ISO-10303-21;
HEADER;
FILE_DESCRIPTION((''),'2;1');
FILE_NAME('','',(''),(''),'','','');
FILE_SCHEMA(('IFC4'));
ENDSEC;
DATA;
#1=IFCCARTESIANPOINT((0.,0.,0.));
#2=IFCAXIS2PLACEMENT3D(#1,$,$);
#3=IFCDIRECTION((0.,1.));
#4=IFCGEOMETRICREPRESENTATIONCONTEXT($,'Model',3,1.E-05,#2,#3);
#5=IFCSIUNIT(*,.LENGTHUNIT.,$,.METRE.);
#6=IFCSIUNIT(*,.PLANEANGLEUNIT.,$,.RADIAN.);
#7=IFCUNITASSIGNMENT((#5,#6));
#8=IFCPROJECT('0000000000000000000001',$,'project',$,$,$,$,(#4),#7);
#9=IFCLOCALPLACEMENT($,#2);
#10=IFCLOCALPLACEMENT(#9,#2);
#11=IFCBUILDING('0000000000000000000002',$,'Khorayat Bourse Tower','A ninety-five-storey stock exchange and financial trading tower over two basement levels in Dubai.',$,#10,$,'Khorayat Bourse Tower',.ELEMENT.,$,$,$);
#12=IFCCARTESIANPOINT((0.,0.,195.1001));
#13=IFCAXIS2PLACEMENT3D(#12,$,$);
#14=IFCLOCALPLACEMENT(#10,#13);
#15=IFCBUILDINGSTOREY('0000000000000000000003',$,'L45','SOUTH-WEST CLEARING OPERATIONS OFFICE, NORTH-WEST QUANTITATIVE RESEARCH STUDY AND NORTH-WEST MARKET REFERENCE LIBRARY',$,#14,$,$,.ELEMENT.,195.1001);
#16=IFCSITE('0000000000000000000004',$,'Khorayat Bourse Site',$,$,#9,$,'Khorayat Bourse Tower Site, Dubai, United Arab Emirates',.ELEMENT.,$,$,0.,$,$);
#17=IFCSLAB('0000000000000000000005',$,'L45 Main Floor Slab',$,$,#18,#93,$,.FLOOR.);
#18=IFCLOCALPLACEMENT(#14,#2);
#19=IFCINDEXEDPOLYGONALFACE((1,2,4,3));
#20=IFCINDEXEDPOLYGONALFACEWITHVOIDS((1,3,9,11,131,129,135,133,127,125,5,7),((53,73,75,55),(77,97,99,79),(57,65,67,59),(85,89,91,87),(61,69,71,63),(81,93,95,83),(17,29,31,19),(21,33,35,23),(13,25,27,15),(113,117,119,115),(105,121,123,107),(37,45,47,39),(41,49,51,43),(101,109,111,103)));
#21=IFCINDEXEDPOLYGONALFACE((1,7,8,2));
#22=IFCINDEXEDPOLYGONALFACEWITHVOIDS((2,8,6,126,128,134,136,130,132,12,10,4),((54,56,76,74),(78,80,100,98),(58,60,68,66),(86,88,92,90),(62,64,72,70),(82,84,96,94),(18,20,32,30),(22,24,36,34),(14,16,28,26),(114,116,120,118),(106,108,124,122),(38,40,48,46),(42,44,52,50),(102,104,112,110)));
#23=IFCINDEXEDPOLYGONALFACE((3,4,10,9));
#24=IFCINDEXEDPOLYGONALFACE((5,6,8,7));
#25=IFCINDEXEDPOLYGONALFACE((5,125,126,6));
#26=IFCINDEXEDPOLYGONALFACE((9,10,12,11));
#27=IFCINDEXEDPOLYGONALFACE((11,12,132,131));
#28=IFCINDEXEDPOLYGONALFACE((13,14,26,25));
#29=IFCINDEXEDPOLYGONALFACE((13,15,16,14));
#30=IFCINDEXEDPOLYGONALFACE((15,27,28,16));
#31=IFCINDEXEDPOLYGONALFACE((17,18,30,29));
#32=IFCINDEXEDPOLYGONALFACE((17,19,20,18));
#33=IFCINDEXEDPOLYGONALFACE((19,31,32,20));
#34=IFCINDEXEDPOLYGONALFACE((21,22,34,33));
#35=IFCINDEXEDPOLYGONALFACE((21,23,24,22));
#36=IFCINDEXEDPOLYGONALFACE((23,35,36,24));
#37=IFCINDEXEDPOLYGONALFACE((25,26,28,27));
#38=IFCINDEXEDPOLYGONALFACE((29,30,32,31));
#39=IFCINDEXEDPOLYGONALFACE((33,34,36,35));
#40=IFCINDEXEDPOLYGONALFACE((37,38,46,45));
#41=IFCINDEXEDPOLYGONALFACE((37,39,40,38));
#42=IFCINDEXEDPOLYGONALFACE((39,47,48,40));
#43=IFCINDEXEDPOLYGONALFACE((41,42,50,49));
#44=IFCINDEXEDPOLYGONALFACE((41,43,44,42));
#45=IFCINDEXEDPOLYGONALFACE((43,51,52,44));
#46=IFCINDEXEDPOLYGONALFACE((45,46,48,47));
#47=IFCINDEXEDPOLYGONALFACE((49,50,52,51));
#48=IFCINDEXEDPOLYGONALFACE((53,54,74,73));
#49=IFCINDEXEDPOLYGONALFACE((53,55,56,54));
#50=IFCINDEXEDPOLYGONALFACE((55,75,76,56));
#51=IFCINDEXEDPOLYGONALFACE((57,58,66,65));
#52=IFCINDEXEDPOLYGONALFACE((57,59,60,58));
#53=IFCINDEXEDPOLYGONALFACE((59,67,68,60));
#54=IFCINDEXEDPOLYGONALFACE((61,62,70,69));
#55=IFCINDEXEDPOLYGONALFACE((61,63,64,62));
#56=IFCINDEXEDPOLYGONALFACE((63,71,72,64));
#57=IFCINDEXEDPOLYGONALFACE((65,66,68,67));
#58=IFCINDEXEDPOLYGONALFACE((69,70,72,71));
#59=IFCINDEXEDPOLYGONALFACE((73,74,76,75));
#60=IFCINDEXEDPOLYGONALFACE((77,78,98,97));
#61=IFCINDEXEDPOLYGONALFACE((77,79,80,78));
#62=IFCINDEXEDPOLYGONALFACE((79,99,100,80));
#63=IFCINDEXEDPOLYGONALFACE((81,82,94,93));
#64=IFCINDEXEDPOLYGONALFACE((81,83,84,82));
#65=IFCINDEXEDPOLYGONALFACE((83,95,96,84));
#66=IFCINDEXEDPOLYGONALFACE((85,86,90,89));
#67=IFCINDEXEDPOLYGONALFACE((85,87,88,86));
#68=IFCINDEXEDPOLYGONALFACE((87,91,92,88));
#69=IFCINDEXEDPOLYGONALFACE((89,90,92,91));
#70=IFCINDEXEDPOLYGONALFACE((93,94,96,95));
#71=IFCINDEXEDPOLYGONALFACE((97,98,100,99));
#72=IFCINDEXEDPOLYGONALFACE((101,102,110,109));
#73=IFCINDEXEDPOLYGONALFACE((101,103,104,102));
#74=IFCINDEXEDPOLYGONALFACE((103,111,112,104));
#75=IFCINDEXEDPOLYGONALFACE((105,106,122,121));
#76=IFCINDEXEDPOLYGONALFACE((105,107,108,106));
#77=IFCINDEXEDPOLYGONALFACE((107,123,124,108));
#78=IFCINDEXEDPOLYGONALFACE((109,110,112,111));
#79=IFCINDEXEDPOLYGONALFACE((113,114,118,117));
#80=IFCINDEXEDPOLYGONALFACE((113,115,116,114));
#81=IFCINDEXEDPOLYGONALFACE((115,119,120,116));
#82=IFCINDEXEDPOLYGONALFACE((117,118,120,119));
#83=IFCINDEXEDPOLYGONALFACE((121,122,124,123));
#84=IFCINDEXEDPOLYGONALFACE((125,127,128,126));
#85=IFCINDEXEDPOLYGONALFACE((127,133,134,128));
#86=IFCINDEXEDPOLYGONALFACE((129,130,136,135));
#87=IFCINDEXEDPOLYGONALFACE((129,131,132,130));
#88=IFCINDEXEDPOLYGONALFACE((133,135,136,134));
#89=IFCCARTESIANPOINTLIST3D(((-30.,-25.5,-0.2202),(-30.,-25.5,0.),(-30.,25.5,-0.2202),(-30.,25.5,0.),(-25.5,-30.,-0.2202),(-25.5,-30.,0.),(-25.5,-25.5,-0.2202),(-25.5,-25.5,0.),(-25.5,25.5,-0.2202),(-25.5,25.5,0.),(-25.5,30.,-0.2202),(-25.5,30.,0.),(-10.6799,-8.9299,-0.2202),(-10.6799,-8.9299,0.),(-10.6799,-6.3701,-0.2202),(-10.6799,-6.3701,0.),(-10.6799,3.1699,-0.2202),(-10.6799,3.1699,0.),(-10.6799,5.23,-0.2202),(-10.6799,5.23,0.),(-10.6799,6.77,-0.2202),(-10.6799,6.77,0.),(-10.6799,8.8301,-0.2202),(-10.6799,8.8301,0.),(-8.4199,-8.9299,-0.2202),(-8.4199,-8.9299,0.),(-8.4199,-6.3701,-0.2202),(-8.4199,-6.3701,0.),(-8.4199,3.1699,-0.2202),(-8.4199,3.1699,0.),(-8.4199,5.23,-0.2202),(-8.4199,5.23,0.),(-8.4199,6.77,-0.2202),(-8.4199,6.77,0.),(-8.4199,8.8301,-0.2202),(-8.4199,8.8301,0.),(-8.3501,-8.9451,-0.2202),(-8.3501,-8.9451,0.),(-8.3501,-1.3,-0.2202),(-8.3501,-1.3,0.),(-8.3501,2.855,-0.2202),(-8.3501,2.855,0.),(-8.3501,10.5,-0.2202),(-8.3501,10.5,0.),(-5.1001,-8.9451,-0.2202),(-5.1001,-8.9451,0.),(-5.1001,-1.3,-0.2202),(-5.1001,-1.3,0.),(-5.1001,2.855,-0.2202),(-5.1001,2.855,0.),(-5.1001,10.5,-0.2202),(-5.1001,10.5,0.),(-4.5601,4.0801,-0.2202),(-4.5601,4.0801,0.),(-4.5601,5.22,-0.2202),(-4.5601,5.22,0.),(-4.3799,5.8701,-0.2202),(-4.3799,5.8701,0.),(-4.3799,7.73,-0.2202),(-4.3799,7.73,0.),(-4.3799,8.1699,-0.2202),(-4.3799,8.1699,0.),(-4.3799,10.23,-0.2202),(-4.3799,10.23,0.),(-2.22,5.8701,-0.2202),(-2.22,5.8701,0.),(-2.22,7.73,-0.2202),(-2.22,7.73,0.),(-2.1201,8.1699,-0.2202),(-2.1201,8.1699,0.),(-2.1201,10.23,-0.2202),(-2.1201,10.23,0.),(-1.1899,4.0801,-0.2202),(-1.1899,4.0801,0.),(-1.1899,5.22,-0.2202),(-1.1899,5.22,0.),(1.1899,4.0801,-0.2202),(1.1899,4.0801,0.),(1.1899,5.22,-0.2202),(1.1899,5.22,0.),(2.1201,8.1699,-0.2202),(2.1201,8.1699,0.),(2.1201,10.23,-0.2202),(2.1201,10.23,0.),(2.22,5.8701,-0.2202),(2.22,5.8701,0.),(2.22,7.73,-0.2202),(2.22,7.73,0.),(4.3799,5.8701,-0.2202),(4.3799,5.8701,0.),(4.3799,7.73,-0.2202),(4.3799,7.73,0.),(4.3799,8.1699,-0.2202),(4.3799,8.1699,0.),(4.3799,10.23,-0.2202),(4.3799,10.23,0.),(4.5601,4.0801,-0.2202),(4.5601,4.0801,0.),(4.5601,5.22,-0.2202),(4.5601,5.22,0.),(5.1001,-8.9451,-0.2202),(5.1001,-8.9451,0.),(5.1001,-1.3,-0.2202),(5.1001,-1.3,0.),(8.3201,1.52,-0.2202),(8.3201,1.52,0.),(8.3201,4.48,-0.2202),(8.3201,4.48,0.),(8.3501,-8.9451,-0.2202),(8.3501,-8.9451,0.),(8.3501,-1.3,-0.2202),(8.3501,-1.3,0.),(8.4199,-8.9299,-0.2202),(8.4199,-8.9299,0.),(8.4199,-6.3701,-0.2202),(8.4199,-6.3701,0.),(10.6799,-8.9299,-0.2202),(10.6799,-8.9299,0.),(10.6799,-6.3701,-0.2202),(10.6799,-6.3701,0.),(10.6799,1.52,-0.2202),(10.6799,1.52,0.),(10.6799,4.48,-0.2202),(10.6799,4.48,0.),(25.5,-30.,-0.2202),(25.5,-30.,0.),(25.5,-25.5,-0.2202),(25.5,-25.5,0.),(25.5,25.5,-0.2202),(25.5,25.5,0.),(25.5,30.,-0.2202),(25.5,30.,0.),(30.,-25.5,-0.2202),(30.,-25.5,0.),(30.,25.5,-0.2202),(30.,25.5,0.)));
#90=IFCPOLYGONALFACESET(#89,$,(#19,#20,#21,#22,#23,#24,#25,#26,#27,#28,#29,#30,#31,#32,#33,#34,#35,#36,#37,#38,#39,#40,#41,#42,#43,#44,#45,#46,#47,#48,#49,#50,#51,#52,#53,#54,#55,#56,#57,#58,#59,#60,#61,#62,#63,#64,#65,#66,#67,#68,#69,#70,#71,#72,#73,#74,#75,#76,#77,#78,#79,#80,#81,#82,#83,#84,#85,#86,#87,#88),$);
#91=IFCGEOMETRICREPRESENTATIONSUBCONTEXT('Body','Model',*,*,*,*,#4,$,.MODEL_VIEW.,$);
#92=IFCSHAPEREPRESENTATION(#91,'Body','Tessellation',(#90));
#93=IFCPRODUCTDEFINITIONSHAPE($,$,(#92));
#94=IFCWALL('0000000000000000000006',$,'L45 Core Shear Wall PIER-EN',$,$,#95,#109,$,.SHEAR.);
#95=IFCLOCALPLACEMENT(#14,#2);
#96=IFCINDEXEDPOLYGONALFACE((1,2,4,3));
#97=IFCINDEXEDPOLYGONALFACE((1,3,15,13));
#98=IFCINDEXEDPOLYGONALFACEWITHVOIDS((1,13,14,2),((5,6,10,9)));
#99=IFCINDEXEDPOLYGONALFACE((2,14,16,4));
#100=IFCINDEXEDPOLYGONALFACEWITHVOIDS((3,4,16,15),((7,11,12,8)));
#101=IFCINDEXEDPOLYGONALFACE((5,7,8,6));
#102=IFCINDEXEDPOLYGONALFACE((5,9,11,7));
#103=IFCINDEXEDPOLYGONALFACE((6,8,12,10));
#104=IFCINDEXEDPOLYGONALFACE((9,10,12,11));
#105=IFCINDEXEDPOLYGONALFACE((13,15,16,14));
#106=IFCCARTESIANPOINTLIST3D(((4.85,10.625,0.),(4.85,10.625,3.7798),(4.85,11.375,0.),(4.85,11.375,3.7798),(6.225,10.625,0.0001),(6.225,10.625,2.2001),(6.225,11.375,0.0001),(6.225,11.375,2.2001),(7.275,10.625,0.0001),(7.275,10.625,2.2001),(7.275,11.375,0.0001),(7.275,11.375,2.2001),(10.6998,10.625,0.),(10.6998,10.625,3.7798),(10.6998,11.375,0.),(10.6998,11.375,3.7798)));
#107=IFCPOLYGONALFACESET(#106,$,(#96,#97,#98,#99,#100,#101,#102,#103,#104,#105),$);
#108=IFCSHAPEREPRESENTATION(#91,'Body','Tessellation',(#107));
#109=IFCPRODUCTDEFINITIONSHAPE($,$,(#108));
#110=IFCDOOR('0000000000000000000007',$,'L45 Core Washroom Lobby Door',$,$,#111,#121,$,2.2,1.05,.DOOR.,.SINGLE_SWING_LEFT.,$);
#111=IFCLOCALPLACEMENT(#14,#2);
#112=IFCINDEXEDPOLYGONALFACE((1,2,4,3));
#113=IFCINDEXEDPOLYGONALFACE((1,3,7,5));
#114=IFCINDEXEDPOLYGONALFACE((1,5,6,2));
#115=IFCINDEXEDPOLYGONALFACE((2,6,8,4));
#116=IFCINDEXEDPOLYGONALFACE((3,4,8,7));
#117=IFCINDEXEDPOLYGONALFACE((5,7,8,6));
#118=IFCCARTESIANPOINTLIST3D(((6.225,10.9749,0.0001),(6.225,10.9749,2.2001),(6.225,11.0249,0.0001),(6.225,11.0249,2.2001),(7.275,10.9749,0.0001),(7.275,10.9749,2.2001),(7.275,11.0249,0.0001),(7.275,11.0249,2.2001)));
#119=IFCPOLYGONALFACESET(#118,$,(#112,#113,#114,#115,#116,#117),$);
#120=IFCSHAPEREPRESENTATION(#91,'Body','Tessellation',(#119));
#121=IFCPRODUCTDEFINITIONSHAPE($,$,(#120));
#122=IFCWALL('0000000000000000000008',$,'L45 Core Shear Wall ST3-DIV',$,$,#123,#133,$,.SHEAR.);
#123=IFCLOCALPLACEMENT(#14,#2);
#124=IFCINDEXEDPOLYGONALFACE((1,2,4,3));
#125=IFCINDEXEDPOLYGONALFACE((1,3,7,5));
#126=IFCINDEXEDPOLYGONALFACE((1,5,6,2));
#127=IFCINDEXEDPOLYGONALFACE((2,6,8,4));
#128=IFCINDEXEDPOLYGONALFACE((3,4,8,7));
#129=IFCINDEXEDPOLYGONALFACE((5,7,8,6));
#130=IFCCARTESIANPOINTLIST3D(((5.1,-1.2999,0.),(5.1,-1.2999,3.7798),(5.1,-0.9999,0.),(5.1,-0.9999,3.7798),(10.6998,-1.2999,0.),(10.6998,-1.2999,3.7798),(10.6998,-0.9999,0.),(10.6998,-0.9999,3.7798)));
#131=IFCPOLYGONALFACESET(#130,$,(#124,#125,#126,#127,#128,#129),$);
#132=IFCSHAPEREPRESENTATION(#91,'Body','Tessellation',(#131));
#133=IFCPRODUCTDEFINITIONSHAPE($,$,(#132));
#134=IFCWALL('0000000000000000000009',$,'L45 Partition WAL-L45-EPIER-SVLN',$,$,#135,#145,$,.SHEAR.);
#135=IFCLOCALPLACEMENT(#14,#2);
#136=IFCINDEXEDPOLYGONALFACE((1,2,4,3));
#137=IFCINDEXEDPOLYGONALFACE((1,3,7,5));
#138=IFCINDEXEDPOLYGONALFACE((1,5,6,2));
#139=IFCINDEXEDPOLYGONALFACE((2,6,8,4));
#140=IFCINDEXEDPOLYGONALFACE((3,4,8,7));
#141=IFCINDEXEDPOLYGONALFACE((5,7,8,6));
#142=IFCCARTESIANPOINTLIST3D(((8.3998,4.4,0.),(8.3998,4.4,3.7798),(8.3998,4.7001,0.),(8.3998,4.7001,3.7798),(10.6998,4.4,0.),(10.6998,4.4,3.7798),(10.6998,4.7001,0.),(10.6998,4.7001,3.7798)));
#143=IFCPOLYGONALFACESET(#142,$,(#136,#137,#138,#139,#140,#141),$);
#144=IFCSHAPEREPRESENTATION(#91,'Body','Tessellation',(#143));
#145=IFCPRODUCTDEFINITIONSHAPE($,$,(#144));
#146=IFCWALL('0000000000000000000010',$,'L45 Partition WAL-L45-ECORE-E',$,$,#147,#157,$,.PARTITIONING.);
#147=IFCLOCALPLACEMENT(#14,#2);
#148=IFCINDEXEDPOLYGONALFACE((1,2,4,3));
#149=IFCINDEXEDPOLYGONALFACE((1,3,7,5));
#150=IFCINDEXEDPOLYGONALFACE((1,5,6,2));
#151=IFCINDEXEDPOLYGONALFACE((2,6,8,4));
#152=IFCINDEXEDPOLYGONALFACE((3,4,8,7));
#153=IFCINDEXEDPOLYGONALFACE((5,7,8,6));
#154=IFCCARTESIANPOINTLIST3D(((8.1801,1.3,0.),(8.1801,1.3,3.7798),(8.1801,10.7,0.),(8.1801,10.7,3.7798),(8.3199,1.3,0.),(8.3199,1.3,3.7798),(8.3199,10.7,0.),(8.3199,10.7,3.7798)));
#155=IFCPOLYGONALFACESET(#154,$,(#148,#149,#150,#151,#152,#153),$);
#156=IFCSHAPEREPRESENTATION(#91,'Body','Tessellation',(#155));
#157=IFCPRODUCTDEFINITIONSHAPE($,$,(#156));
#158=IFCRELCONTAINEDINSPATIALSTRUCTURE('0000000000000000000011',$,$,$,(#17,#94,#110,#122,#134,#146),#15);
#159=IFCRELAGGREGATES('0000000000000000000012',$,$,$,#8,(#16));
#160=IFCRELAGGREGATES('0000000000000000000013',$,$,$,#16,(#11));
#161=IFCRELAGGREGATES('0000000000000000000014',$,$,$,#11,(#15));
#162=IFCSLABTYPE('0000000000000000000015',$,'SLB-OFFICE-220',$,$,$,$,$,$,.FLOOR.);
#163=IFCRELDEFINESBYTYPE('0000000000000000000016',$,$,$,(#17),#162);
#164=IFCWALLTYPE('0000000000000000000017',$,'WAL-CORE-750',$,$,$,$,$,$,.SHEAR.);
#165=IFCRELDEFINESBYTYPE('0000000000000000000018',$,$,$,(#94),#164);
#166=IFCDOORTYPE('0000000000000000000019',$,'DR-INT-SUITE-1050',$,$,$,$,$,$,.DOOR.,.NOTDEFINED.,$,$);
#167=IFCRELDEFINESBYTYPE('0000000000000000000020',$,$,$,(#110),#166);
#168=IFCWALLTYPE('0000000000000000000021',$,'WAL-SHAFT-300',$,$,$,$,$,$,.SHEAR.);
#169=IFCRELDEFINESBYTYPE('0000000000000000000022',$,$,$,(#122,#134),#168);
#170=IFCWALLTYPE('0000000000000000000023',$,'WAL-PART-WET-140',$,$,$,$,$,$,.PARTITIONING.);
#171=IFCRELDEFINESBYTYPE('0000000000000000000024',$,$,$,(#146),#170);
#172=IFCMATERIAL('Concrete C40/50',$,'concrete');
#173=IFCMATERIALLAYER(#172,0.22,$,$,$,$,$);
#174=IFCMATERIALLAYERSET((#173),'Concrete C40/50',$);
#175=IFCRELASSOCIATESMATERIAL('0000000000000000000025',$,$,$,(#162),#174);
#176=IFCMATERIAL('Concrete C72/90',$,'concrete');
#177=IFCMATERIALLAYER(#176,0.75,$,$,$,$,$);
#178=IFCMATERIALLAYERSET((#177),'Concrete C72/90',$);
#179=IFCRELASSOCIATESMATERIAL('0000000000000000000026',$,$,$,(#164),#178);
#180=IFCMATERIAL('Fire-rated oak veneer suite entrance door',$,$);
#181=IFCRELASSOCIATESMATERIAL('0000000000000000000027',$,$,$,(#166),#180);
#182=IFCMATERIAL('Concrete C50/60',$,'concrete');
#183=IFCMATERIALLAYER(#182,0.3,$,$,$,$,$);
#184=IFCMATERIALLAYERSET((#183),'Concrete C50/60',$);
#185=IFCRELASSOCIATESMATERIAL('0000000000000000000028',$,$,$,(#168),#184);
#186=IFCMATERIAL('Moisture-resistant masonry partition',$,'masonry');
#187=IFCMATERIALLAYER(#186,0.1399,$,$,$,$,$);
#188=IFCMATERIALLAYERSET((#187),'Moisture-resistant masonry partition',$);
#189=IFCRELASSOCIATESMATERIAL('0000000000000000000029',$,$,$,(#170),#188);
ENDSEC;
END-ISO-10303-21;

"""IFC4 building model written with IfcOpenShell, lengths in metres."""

from ifc_helpers import new_model, si_unit, direction, frame, frame_2d, origin, place, context, subcontext, project, spatial, polyline, rectangle, outline, extrude, source, transform, mapped, material, layer, layer_set, type_object, element, fill, save


model = new_model("IFC4")

# Units and contexts
model_context = context("Model", 3, precision=1e-05, world=origin(), true_north=direction((0.0, 1.0)))
body_context = subcontext(model_context, "Body", "Model", "MODEL_VIEW")
ifc_project = project(units=[si_unit("LENGTHUNIT", "METRE"), si_unit("PLANEANGLEUNIT", "RADIAN")], contexts=[model_context])

# Site, building, storey
site_placement = place(None, origin())
site = spatial("IfcSite", under=ifc_project, at=site_placement, Name="Khorayat Bourse Site", LongName="Khorayat Bourse Tower Site, Dubai, United Arab Emirates", CompositionType="ELEMENT", RefElevation=0.0)
building_placement = place(site_placement, origin())
building = spatial("IfcBuilding", under=site, at=building_placement, Name="Khorayat Bourse Tower", Description="A ninety-five-storey stock exchange and financial trading tower over two basement levels in Dubai.", LongName="Khorayat Bourse Tower", CompositionType="ELEMENT")
storey_placement = place(building_placement, frame((0.0, 0.0, 195.1001)))
storey = spatial("IfcBuildingStorey", under=building, at=storey_placement, Name="L45", Description="SOUTH-WEST CLEARING OPERATIONS OFFICE, NORTH-WEST QUANTITATIVE RESEARCH STUDY AND NORTH-WEST MARKET REFERENCE LIBRARY", CompositionType="ELEMENT", Elevation=195.1001)

# Shared definitions
ifc_material_1 = material(Name="Concrete C72/90", Category="concrete")

# Shared definitions
ifc_material_2 = material(Name="Concrete C40/50", Category="concrete")

# Slab
ifc_layer_1 = layer(ifc_material_2, 0.22)
ifc_layer_set_1 = layer_set([ifc_layer_1], Name="Concrete C40/50")
slab_type_1 = type_object("IfcSlabType", Name="SLB-OFFICE-220", PredefinedType="FLOOR", material=ifc_layer_set_1)
slab_1_placement = place(storey_placement, frame((0.0, 0.0, -0.2202)))
element("IfcSlab", 1, at=slab_1_placement, inside=storey, type_object=slab_type_1, Name="L45 Main Floor Slab", PredefinedType="FLOOR", context=body_context, shape_type="SweptSolid", body=[
    extrude(outline(polyline([(-25.5, -30.0), (25.5, -30.0), (25.5, -25.5), (30.0, -25.5), (30.0, 25.5), (25.5, 25.5), (25.5, 30.0), (-25.5, 30.0), (-25.5, 25.5), (-30.0, 25.5), (-30.0, -25.5), (-25.5, -25.5), (-25.5, -30.0)]), holes=[polyline([(-8.3501, -8.9451), (-5.1001, -8.9451), (-5.1001, -1.3), (-8.3501, -1.3), (-8.3501, -8.9451)]), polyline([(-8.3501, 2.855), (-5.1001, 2.855), (-5.1001, 10.5), (-8.3501, 10.5), (-8.3501, 2.855)]), polyline([(5.1001, -8.9451), (8.3501, -8.9451), (8.3501, -1.3), (5.1001, -1.3), (5.1001, -8.9451)]), polyline([(-4.3799, 8.1699), (-2.1201, 8.1699), (-2.1201, 10.23), (-4.3799, 10.23), (-4.3799, 8.1699)]), polyline([(2.1201, 8.1699), (4.3799, 8.1699), (4.3799, 10.23), (2.1201, 10.23), (2.1201, 8.1699)]), polyline([(-4.3799, 5.8701), (-2.22, 5.8701), (-2.22, 7.73), (-4.3799, 7.73), (-4.3799, 5.8701)]), polyline([(2.22, 5.8701), (4.3799, 5.8701), (4.3799, 7.73), (2.22, 7.73), (2.22, 5.8701)]), polyline([(-10.6799, 3.1699), (-8.4199, 3.1699), (-8.4199, 5.23), (-10.6799, 5.23), (-10.6799, 3.1699)]), polyline([(-10.6799, 6.77), (-8.4199, 6.77), (-8.4199, 8.8301), (-10.6799, 8.8301), (-10.6799, 6.77)]), polyline([(-10.6799, -8.9299), (-8.4199, -8.9299), (-8.4199, -6.3701), (-10.6799, -6.3701), (-10.6799, -8.9299)]), polyline([(8.4199, -8.9299), (10.6799, -8.9299), (10.6799, -6.3701), (8.4199, -6.3701), (8.4199, -8.9299)]), polyline([(8.3201, 1.52), (10.6799, 1.52), (10.6799, 4.48), (8.3201, 4.48), (8.3201, 1.52)]), polyline([(-4.5601, 4.0801), (-1.1899, 4.0801), (-1.1899, 5.22), (-4.5601, 5.22), (-4.5601, 4.0801)]), polyline([(1.1899, 4.0801), (4.5601, 4.0801), (4.5601, 5.22), (1.1899, 5.22), (1.1899, 4.0801)])]), origin(), (0.0, 0.0, 1.0), 0.2202),
])

# Wall, opening, door
ifc_layer_2 = layer(ifc_material_1, 0.75)
ifc_layer_set_2 = layer_set([ifc_layer_2], Name="Concrete C72/90")
wall_type_1 = type_object("IfcWallType", Name="WAL-CORE-750", PredefinedType="SHEAR", material=ifc_layer_set_2)
shared_shape_1 = source(origin(), body_context, "Body", "SweptSolid", [
    extrude(rectangle(XDim=5.8499, YDim=0.75, at=frame_2d((2.9248, 0.0))), origin(), (0.0, 0.0, 1.0), 3.7798),
])
wall_1_placement = place(storey_placement, frame((4.8501, 11.0, 0.0), z_axis=(0.0, 0.0, 1.0), x_axis=(1.0, 0.0, 0.0)))
wall_1 = element("IfcWall", 2, at=wall_1_placement, inside=storey, type_object=wall_type_1, Name="L45 Core Shear Wall PIER-EN", PredefinedType="SHEAR", context=body_context, shape_type="MappedRepresentation", body=[
    mapped(shared_shape_1, transform((0.0, 0.0, 0.0), scale=1.0)),
])
shared_shape_2 = source(origin(), body_context, "Body", "SweptSolid", [
    extrude(rectangle(XDim=1.05, YDim=2.2, at=frame_2d((0.5249, 1.1001))), frame((0.0, 0.385, 0.0), z_axis=(0.0, -1.0, 0.0), x_axis=(1.0, 0.0, 0.0)), (0.0, 0.0, 1.0), 0.77),
])
opening_1_placement = place(wall_1_placement, frame((1.375, 0.0, 0.0)))
opening_1 = element("IfcOpeningElement", 3, at=opening_1_placement, cuts=wall_1, PredefinedType="OPENING", context=body_context, shape_type="MappedRepresentation", body=[
    mapped(shared_shape_2, transform((0.0, 0.0, 0.0), scale=1.0)),
])
ifc_material_3 = material(Name="Fire-rated oak veneer suite entrance door")
door_type_1 = type_object("IfcDoorType", Name="DR-INT-SUITE-1050", OperationType="NOTDEFINED", PredefinedType="DOOR", material=ifc_material_3)
shared_shape_3 = source(origin(), body_context, "Body", "SweptSolid", [
    extrude(rectangle(XDim=1.05, YDim=2.2, at=frame_2d((0.5249, 1.1001))), frame((0.0, 0.0249, 0.0), z_axis=(0.0, -1.0, 0.0), x_axis=(1.0, 0.0, 0.0)), (0.0, 0.0, 1.0), 0.05),
])
door_1_placement = place(opening_1_placement, origin())
door_1 = element("IfcDoor", 4, at=door_1_placement, inside=storey, type_object=door_type_1, Name="L45 Core Washroom Lobby Door", OperationType="SINGLE_SWING_LEFT", OverallHeight=2.2, OverallWidth=1.05, PredefinedType="DOOR", context=body_context, shape_type="MappedRepresentation", body=[
    mapped(shared_shape_3, transform((0.0, 0.0, 0.0), scale=1.0)),
])
fill(opening_1, door_1)

# Walls
ifc_material_4 = material(Name="Concrete C50/60", Category="concrete")
ifc_layer_3 = layer(ifc_material_4, 0.3)
ifc_layer_set_3 = layer_set([ifc_layer_3], Name="Concrete C50/60")
wall_type_2 = type_object("IfcWallType", Name="WAL-SHAFT-300", PredefinedType="SHEAR", material=ifc_layer_set_3)
shared_shape_4 = source(origin(), body_context, "Body", "SweptSolid", [
    extrude(rectangle(XDim=5.5999, YDim=0.3, at=frame_2d((2.7998, 0.0))), origin(), (0.0, 0.0, 1.0), 3.7798),
])
wall_2_placement = place(storey_placement, frame((5.1001, -1.1499, 0.0), z_axis=(0.0, 0.0, 1.0), x_axis=(1.0, 0.0, 0.0)))
element("IfcWall", 5, at=wall_2_placement, inside=storey, type_object=wall_type_2, Name="L45 Core Shear Wall ST3-DIV", PredefinedType="SHEAR", context=body_context, shape_type="MappedRepresentation", body=[
    mapped(shared_shape_4, transform((0.0, 0.0, 0.0), scale=1.0)),
])
shared_shape_5 = source(origin(), body_context, "Body", "SweptSolid", [
    extrude(rectangle(XDim=2.3, YDim=0.3, at=frame_2d((1.1499, 0.0))), origin(), (0.0, 0.0, 1.0), 3.7798),
])
wall_3_placement = place(storey_placement, frame((8.3999, 4.55, 0.0), z_axis=(0.0, 0.0, 1.0), x_axis=(1.0, 0.0, 0.0)))
element("IfcWall", 6, at=wall_3_placement, inside=storey, type_object=wall_type_2, Name="L45 Partition WAL-L45-EPIER-SVLN", PredefinedType="SHEAR", context=body_context, shape_type="MappedRepresentation", body=[
    mapped(shared_shape_5, transform((0.0, 0.0, 0.0), scale=1.0)),
])
ifc_material_5 = material(Name="Moisture-resistant masonry partition", Category="masonry")
ifc_layer_4 = layer(ifc_material_5, 0.1399)
ifc_layer_set_4 = layer_set([ifc_layer_4], Name="Moisture-resistant masonry partition")
wall_type_3 = type_object("IfcWallType", Name="WAL-PART-WET-140", PredefinedType="PARTITIONING", material=ifc_layer_set_4)
shared_shape_6 = source(origin(), body_context, "Body", "SweptSolid", [
    extrude(rectangle(XDim=9.3999, YDim=0.1399, at=frame_2d((4.7, 0.0))), origin(), (0.0, 0.0, 1.0), 3.7798),
])
wall_4_placement = place(storey_placement, frame((8.25, 1.3, 0.0), z_axis=(0.0, 0.0, 1.0), x_axis=(0.0, 1.0, 0.0)))
element("IfcWall", 7, at=wall_4_placement, inside=storey, type_object=wall_type_3, Name="L45 Partition WAL-L45-ECORE-E", PredefinedType="PARTITIONING", context=body_context, shape_type="MappedRepresentation", body=[
    mapped(shared_shape_6, transform((0.0, 0.0, 0.0), scale=1.0)),
])

save(model, "model.ifc")
